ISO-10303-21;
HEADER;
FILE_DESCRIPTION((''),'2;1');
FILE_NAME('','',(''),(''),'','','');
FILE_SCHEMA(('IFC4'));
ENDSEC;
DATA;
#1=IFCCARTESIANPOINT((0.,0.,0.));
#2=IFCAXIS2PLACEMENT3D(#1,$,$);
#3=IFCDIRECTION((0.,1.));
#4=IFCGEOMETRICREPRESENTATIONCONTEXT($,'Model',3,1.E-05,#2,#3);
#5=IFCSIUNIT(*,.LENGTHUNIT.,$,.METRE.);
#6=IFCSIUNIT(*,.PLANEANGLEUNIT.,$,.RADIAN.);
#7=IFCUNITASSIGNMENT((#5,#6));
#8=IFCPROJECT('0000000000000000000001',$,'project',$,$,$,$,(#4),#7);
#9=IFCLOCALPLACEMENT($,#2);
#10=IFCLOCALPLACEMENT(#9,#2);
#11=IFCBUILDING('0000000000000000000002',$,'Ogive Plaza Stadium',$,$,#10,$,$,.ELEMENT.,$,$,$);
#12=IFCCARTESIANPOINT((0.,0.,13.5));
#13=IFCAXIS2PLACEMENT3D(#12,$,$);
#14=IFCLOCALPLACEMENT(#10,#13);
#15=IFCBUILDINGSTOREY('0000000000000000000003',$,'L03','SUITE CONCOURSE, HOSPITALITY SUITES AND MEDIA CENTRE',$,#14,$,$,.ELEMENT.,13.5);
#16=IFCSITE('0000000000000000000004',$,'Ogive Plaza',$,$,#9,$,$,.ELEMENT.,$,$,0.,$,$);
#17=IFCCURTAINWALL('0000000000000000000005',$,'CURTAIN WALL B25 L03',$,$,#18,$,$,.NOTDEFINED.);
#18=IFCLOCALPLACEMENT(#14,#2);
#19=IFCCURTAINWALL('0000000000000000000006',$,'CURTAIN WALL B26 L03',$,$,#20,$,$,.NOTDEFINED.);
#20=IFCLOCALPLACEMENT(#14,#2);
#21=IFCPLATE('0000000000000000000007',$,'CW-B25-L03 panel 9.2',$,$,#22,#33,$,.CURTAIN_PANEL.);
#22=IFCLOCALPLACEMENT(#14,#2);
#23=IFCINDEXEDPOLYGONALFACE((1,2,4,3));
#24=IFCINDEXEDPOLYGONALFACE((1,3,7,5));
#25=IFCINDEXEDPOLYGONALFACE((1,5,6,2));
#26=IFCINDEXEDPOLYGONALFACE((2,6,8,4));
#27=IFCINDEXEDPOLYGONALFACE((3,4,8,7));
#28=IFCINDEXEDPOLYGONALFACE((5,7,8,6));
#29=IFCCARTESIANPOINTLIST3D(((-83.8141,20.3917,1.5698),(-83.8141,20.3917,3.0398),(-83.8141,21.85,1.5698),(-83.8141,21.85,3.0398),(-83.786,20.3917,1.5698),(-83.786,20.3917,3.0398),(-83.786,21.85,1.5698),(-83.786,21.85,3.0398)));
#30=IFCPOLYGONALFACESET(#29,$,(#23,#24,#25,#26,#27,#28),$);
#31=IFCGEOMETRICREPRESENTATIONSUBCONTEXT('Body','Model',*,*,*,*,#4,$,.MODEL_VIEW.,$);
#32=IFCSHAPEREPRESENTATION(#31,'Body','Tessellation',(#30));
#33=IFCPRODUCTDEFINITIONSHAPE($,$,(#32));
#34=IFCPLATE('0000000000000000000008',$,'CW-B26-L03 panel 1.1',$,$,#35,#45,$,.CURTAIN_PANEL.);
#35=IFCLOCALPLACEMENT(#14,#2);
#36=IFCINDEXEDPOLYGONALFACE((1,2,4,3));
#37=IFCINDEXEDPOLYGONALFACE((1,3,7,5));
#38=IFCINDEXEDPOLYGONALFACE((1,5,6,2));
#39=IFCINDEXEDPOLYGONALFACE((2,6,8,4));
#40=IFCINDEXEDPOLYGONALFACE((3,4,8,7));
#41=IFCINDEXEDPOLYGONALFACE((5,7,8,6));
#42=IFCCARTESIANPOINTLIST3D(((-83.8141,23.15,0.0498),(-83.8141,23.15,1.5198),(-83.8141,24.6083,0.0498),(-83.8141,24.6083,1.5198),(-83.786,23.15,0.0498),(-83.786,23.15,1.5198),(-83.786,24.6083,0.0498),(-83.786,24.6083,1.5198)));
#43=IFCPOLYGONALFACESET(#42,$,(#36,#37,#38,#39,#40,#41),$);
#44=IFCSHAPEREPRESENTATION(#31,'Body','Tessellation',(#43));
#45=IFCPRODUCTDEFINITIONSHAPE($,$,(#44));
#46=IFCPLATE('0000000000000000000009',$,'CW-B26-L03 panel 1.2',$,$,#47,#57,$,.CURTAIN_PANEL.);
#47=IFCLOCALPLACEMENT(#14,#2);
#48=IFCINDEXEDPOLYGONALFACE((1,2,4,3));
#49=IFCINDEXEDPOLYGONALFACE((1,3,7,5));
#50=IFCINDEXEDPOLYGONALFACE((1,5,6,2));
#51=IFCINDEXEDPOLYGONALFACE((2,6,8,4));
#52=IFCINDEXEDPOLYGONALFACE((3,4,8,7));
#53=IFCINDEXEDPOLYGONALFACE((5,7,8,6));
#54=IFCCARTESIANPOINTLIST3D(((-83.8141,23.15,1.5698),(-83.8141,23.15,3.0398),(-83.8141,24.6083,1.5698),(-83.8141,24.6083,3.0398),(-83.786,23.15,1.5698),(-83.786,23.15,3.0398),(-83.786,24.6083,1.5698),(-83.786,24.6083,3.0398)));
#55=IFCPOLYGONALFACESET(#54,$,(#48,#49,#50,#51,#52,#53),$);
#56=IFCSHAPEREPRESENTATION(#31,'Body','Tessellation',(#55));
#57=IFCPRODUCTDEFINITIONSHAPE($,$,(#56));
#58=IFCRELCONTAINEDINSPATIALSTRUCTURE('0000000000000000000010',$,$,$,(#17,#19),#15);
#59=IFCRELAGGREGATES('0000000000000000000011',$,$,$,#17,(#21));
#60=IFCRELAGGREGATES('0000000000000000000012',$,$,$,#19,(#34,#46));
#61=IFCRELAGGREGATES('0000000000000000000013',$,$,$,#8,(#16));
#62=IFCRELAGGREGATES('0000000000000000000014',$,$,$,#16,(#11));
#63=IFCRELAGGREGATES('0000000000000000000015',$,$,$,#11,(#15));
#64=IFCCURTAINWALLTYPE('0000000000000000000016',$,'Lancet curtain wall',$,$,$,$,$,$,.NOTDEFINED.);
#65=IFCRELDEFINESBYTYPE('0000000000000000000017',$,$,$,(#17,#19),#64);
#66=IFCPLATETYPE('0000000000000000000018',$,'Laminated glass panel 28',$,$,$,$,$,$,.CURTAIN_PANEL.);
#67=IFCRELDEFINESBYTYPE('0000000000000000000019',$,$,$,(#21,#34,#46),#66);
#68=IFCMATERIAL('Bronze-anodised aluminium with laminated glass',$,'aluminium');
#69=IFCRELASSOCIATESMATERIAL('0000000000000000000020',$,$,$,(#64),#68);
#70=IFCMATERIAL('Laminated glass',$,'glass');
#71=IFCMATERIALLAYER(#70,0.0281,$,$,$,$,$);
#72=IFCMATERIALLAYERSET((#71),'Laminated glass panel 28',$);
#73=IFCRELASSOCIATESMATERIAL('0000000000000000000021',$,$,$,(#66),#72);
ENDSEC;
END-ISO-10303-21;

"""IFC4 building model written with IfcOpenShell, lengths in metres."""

from ifc_helpers import new_model, si_unit, direction, frame, origin, origin_2d, place, context, subcontext, project, spatial, rectangle, extrude, material, layer, layer_set, type_object, element, aggregate, save


model = new_model("IFC4")

# Units and contexts
model_context = context("Model", 3, precision=1e-05, world=origin(), true_north=direction((0.0, 1.0)))
body_context = subcontext(model_context, "Body", "Model", "MODEL_VIEW")
ifc_project = project(units=[si_unit("LENGTHUNIT", "METRE"), si_unit("PLANEANGLEUNIT", "RADIAN")], contexts=[model_context])

# Site, building, storey
site_placement = place(None, origin())
site = spatial("IfcSite", under=ifc_project, at=site_placement, Name="Ogive Plaza", CompositionType="ELEMENT", RefElevation=0.0)
building_placement = place(site_placement, origin())
building = spatial("IfcBuilding", under=site, at=building_placement, Name="Ogive Plaza Stadium", CompositionType="ELEMENT")
storey_placement = place(building_placement, frame((0.0, 0.0, 13.5)))
storey = spatial("IfcBuildingStorey", under=building, at=storey_placement, Name="L03", Description="SUITE CONCOURSE, HOSPITALITY SUITES AND MEDIA CENTRE", CompositionType="ELEMENT", Elevation=13.5)

# Curtain walls
ifc_material_1 = material(Name="Bronze-anodised aluminium with laminated glass", Category="aluminium")
curtain_wall_type = type_object("IfcCurtainWallType", Name="Lancet curtain wall", PredefinedType="NOTDEFINED", material=ifc_material_1)
curtain_wall_1_placement = place(storey_placement, origin())
curtain_wall_1 = element("IfcCurtainWall", 1, at=curtain_wall_1_placement, inside=storey, type_object=curtain_wall_type, Name="CURTAIN WALL B25 L03", PredefinedType="NOTDEFINED")
curtain_wall_2_placement = place(storey_placement, origin())
curtain_wall_2 = element("IfcCurtainWall", 2, at=curtain_wall_2_placement, inside=storey, type_object=curtain_wall_type, Name="CURTAIN WALL B26 L03", PredefinedType="NOTDEFINED")

# Plates
ifc_material_2 = material(Name="Laminated glass", Category="glass")
ifc_layer = layer(ifc_material_2, 0.0281)
ifc_layer_set = layer_set([ifc_layer], Name="Laminated glass panel 28")
plate_type = type_object("IfcPlateType", Name="Laminated glass panel 28", PredefinedType="CURTAIN_PANEL", material=ifc_layer_set)
plate_1_placement = place(storey_placement, frame((-83.8, 21.1208, 1.5698), z_axis=(0.0, 0.0, 1.0), x_axis=(0.0, 1.0, 0.0)))
plate_1 = element("IfcPlate", 3, at=plate_1_placement, type_object=plate_type, Name="CW-B25-L03 panel 9.2", PredefinedType="CURTAIN_PANEL", context=body_context, shape_type="SweptSolid", body=[
    extrude(rectangle(XDim=1.4583, YDim=0.0281, at=origin_2d()), origin(), (0.0, 0.0, 1.0), 1.47),
])
aggregate(curtain_wall_1, [plate_1])
plate_2_placement = place(storey_placement, frame((-83.8, 23.8792, 0.0498), z_axis=(0.0, 0.0, 1.0), x_axis=(0.0, 1.0, 0.0)))
plate_2 = element("IfcPlate", 4, at=plate_2_placement, type_object=plate_type, Name="CW-B26-L03 panel 1.1", PredefinedType="CURTAIN_PANEL", context=body_context, shape_type="SweptSolid", body=[
    extrude(rectangle(XDim=1.4583, YDim=0.0281, at=origin_2d()), origin(), (0.0, 0.0, 1.0), 1.47),
])
plate_3_placement = place(storey_placement, frame((-83.8, 23.8792, 1.5698), z_axis=(0.0, 0.0, 1.0), x_axis=(0.0, 1.0, 0.0)))
plate_3 = element("IfcPlate", 5, at=plate_3_placement, type_object=plate_type, Name="CW-B26-L03 panel 1.2", PredefinedType="CURTAIN_PANEL", context=body_context, shape_type="SweptSolid", body=[
    extrude(rectangle(XDim=1.4583, YDim=0.0281, at=origin_2d()), origin(), (0.0, 0.0, 1.0), 1.47),
])
aggregate(curtain_wall_2, [plate_2, plate_3])

save(model, "model.ifc")
